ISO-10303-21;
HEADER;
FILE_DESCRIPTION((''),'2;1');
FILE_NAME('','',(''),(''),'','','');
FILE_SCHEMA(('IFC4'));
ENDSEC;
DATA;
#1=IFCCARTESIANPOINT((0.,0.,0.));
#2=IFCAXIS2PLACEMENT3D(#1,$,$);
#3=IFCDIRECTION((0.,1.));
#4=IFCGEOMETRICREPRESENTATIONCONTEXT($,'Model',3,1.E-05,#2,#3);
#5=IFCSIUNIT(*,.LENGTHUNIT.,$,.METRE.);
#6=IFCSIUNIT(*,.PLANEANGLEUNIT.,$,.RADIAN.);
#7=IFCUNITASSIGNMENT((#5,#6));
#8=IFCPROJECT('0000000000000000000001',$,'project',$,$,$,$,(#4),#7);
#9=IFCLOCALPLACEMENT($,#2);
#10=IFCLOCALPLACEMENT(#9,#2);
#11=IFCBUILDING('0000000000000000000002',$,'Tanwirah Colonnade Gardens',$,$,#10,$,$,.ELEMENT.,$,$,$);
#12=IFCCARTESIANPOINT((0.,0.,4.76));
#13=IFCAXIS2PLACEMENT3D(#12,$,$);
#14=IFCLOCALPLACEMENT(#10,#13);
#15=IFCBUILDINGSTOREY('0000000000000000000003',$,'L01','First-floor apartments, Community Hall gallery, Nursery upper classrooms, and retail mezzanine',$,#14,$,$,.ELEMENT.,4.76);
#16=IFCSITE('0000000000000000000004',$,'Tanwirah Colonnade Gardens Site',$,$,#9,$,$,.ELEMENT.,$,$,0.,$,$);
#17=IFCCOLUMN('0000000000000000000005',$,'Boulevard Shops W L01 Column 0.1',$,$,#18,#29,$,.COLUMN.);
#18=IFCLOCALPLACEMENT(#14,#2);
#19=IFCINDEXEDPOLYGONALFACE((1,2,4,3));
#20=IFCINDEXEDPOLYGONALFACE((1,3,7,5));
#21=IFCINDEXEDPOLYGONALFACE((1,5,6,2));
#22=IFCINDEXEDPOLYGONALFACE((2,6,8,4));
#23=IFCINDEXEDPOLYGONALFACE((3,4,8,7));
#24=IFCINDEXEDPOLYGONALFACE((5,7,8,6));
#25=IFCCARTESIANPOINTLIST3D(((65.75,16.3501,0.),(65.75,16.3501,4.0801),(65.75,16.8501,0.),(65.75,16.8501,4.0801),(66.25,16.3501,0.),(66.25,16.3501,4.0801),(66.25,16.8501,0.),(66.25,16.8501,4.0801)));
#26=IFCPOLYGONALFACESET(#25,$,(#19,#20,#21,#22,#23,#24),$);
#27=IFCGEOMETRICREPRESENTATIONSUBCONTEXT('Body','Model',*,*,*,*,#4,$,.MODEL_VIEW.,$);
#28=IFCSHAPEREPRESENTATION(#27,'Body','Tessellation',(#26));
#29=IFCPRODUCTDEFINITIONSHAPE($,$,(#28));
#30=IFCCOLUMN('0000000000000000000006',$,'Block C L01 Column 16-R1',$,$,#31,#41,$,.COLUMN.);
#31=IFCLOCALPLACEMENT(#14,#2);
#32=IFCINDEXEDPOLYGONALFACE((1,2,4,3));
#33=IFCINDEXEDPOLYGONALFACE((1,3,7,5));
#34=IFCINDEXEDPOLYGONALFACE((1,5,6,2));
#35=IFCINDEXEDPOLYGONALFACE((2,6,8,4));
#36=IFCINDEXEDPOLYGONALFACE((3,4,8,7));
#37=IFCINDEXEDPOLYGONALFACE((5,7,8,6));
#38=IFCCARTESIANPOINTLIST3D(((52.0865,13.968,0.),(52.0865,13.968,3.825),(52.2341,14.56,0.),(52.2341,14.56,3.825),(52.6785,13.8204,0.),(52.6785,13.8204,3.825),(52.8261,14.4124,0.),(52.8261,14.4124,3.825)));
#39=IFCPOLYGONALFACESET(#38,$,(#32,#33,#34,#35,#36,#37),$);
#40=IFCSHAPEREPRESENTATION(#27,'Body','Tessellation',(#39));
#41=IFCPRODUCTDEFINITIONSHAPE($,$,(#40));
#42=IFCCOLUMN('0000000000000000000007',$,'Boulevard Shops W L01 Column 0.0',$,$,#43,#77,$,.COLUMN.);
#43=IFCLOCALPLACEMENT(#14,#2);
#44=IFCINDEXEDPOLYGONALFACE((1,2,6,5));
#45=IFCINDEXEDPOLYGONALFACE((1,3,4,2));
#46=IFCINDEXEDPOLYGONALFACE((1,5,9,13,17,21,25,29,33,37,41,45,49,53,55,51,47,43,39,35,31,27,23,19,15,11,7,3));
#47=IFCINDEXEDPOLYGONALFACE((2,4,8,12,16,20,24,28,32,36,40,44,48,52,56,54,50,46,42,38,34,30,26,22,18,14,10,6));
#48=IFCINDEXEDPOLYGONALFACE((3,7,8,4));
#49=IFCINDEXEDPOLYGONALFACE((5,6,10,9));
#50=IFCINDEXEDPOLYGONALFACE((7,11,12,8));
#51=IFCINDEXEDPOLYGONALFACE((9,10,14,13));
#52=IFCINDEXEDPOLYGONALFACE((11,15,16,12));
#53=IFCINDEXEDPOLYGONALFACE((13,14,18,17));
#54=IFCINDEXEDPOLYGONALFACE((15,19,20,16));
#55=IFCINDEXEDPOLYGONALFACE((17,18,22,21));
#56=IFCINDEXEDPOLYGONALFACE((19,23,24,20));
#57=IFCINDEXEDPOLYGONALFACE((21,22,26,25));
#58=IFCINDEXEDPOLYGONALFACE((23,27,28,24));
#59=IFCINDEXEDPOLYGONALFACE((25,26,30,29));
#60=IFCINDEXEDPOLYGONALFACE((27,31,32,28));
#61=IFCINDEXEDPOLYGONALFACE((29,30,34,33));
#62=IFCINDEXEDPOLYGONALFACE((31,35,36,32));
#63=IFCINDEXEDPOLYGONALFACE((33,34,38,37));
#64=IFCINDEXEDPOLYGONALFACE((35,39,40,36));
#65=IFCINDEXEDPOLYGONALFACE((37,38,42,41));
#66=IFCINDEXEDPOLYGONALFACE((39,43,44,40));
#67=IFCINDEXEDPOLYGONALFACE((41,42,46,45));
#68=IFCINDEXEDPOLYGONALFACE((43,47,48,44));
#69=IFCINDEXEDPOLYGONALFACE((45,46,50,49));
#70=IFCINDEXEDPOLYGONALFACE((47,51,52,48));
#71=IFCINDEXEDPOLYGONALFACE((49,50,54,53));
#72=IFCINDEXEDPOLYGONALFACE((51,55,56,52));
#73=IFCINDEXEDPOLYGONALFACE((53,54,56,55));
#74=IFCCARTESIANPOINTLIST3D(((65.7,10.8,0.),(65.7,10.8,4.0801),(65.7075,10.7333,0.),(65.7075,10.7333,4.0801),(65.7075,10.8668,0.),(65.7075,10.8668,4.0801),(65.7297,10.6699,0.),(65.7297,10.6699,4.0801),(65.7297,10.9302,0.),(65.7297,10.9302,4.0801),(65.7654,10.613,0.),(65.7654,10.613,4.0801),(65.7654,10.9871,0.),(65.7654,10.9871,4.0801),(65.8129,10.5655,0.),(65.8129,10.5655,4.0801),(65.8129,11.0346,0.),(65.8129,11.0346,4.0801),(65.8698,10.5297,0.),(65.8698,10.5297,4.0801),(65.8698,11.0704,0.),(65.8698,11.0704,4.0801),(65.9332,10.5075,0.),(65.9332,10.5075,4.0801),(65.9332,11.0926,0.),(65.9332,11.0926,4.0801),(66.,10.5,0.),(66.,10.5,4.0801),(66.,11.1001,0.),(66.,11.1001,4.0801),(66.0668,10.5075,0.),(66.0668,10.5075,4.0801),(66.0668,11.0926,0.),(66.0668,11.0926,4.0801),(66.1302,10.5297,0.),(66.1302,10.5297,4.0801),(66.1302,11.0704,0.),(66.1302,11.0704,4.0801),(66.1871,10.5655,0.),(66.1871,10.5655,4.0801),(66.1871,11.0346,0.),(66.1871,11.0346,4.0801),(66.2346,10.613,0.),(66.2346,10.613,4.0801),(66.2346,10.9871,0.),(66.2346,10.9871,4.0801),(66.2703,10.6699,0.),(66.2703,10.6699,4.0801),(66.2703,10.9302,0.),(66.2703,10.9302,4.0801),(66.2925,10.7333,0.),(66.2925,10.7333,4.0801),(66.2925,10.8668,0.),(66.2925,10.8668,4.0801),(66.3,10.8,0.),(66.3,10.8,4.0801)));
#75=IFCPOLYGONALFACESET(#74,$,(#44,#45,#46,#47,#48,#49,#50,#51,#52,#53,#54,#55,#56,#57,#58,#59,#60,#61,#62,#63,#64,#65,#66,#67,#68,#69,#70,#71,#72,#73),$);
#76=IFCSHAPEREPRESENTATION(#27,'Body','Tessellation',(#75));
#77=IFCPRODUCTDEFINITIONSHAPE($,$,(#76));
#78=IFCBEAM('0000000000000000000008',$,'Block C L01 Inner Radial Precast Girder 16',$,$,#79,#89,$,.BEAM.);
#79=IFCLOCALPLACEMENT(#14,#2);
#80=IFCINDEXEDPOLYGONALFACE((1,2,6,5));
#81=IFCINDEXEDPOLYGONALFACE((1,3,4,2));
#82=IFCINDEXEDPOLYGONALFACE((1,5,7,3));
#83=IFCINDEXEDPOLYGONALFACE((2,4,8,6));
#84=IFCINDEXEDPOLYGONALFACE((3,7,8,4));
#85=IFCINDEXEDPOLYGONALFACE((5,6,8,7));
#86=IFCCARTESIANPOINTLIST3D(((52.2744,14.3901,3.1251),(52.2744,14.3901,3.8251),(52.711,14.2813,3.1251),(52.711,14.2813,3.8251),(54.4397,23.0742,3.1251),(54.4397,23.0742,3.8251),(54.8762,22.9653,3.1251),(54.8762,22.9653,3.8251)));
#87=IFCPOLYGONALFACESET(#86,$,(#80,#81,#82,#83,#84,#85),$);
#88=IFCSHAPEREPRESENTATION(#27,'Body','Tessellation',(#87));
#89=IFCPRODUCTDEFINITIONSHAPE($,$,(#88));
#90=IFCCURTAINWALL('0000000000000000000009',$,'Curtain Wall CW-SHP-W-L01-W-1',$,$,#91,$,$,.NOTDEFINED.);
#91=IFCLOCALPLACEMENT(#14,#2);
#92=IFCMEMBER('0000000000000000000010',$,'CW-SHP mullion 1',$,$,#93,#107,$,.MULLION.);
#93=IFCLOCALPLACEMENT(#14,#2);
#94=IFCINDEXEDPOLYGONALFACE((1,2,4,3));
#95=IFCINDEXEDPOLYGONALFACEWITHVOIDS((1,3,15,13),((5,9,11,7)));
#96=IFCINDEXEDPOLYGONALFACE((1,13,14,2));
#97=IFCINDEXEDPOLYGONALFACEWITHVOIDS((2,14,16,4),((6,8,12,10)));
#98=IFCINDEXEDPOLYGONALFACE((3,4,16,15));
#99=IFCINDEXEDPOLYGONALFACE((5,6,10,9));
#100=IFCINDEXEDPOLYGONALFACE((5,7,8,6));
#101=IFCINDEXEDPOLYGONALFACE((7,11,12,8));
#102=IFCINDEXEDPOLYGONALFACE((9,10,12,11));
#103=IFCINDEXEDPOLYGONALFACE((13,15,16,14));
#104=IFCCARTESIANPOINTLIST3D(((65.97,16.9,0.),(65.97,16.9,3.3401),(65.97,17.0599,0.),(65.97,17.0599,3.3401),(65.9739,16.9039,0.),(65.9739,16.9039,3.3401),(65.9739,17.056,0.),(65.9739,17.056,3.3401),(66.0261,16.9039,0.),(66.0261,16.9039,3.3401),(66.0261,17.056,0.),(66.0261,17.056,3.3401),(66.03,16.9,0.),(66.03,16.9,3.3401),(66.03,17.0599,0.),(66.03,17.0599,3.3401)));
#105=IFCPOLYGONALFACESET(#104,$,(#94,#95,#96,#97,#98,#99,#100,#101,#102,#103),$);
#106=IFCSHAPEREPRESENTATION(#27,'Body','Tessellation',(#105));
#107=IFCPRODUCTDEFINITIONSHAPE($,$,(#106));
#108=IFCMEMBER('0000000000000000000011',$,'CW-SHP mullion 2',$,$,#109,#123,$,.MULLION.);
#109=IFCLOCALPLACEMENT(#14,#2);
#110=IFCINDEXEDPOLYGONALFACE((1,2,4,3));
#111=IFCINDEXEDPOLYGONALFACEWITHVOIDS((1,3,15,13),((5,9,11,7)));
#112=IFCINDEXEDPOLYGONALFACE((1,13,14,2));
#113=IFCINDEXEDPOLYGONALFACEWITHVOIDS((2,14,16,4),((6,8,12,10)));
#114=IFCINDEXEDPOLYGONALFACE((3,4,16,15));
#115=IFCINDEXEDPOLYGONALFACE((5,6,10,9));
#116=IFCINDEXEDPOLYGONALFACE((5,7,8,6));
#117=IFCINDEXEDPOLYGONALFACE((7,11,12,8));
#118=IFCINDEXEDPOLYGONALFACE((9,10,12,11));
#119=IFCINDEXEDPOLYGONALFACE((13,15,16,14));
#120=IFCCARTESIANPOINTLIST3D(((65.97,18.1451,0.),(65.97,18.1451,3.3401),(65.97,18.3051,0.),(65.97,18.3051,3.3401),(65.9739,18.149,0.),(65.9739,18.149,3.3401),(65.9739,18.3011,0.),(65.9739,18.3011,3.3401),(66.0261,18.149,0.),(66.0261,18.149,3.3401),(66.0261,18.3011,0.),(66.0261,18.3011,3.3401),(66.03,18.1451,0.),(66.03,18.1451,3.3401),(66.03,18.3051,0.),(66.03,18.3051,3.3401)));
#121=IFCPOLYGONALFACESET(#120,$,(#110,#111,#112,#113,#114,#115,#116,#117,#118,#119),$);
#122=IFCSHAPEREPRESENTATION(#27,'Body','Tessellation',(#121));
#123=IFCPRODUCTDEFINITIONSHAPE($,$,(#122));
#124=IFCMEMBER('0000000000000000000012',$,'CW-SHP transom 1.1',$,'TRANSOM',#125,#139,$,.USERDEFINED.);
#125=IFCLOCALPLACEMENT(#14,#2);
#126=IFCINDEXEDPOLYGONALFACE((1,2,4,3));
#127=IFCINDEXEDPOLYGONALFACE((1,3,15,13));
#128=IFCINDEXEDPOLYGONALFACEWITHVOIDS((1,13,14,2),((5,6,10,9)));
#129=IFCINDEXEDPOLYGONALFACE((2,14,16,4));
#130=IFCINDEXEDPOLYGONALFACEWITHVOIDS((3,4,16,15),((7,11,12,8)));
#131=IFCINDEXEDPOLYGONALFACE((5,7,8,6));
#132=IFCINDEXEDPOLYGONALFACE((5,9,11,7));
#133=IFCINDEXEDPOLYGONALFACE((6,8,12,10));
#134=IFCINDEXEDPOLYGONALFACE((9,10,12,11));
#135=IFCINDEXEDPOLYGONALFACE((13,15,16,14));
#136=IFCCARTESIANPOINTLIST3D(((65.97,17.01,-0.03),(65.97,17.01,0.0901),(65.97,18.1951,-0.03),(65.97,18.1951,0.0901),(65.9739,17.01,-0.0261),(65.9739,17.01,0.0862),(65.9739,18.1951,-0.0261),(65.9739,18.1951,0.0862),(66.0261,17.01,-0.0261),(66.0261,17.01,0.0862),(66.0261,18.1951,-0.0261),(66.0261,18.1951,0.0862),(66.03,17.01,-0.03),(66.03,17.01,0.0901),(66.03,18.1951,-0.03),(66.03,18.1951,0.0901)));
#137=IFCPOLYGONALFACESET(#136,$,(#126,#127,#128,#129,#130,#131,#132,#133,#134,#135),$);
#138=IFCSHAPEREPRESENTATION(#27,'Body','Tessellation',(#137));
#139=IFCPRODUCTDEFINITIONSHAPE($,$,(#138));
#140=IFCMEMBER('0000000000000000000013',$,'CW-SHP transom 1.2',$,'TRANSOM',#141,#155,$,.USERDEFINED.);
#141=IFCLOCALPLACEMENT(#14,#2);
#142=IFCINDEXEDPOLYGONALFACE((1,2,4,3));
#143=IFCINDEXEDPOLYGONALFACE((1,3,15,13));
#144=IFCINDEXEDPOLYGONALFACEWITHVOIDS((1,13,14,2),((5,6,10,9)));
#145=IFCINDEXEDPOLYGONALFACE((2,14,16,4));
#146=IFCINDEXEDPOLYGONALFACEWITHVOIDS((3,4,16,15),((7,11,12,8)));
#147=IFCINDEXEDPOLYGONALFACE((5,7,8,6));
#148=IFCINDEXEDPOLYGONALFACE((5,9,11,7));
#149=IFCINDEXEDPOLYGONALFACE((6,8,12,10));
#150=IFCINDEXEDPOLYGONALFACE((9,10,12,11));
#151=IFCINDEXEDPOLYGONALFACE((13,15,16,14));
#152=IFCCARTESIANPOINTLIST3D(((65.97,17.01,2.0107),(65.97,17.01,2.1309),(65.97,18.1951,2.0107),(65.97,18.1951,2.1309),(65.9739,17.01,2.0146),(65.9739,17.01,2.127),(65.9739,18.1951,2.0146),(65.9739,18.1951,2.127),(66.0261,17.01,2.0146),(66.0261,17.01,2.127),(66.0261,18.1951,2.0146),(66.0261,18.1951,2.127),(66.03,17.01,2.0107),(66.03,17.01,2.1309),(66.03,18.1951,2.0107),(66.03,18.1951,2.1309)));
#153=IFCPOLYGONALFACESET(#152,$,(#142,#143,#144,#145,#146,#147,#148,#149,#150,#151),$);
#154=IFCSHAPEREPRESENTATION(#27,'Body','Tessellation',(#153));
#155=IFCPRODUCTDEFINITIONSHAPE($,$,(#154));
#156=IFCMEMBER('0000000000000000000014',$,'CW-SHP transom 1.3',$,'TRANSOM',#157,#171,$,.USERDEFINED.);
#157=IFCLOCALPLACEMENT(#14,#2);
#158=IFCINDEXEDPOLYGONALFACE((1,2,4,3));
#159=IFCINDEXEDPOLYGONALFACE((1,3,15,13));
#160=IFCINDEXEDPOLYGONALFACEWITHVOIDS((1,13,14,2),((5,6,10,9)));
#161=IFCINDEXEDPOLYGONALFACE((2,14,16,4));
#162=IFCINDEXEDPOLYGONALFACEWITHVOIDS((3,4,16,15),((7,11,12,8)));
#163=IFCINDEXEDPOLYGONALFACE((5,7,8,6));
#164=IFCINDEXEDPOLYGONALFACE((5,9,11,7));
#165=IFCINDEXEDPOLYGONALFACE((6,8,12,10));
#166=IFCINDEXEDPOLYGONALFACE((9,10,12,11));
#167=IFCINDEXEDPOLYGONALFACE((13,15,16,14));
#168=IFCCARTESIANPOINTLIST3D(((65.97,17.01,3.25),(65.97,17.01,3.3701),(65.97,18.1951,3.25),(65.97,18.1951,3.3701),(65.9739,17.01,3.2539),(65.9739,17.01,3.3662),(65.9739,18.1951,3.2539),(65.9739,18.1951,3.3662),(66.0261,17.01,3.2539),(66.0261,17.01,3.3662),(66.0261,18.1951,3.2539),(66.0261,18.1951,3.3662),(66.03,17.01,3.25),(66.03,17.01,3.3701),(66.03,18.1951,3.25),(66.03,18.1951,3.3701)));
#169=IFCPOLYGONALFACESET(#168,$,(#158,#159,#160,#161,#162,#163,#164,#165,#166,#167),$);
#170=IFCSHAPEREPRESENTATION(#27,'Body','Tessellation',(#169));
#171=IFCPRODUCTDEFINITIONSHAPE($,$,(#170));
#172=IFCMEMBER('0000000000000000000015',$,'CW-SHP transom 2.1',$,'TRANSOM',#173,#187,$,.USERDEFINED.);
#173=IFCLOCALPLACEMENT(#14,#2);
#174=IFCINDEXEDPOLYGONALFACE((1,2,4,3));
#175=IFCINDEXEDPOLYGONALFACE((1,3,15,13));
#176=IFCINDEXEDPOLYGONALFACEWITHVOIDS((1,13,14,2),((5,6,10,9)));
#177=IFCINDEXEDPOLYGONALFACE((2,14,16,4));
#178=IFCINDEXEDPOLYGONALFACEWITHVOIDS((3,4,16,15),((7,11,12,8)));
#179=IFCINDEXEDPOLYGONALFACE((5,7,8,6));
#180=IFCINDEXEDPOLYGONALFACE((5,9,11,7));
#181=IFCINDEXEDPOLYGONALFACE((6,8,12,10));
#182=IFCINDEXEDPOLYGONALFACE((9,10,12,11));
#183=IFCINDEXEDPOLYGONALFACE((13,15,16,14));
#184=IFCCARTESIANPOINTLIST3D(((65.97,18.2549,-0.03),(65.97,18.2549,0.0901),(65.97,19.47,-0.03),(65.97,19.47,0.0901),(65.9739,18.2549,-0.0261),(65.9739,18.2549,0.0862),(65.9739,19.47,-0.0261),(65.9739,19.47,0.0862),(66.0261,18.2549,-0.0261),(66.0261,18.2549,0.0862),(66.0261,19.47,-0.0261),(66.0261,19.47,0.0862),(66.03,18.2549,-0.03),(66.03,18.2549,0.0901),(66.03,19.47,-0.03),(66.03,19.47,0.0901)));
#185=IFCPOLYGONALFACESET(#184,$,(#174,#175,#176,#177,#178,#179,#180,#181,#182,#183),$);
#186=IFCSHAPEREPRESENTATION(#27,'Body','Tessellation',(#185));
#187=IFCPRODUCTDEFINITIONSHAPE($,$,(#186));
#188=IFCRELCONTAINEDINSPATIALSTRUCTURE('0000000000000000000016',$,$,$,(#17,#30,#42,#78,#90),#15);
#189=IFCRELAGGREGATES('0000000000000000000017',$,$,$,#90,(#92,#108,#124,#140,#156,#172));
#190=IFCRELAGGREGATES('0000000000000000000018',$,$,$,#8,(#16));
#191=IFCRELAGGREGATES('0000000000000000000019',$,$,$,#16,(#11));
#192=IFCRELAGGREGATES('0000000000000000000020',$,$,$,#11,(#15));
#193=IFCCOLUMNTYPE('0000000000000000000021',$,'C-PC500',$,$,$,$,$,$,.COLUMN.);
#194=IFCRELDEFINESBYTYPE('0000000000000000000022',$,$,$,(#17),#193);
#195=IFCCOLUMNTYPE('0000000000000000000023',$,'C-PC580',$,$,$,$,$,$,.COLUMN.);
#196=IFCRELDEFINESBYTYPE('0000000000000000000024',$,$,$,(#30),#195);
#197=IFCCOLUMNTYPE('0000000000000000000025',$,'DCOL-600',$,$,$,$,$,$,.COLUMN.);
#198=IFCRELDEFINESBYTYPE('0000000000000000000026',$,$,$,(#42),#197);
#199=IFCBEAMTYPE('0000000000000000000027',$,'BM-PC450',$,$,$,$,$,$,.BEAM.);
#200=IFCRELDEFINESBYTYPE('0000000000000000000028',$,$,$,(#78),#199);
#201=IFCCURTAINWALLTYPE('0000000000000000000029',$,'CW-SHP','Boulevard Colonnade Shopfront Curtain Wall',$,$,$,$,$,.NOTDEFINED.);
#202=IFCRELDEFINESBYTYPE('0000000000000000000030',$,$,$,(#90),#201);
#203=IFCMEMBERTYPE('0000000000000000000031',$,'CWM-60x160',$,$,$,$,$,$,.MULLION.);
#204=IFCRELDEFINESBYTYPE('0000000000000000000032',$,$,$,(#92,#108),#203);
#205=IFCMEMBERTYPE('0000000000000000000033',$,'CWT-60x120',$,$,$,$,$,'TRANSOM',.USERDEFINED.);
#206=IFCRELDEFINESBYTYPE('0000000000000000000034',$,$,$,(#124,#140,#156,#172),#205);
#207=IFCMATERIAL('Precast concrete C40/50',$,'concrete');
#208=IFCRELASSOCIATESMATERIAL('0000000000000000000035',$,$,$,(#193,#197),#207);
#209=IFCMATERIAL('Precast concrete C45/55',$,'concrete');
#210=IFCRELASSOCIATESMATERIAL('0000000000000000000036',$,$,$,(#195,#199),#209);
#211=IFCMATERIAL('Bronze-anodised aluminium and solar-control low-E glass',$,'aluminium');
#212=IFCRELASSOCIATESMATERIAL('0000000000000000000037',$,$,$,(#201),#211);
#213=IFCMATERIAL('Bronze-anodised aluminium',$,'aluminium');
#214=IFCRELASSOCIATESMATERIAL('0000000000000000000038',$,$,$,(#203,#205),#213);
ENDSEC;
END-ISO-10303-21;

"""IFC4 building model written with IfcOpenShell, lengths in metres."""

from ifc_helpers import new_model, si_unit, direction, frame, origin, origin_2d, place, context, subcontext, project, spatial, rectangle, hollow_rectangle, circle, extrude, material, material_profile, profile_set, type_object, element, aggregate, save


model = new_model("IFC4")

# Units and contexts
model_context = context("Model", 3, precision=1e-05, world=origin(), true_north=direction((0.0, 1.0)))
body_context = subcontext(model_context, "Body", "Model", "MODEL_VIEW")
ifc_project = project(units=[si_unit("LENGTHUNIT", "METRE"), si_unit("PLANEANGLEUNIT", "RADIAN")], contexts=[model_context])

# Site, building, storey
site_placement = place(None, origin())
site = spatial("IfcSite", under=ifc_project, at=site_placement, Name="Tanwirah Colonnade Gardens Site", CompositionType="ELEMENT", RefElevation=0.0)
building_placement = place(site_placement, origin())
building = spatial("IfcBuilding", under=site, at=building_placement, Name="Tanwirah Colonnade Gardens", CompositionType="ELEMENT")
storey_placement = place(building_placement, frame((0.0, 0.0, 4.76)))
storey = spatial("IfcBuildingStorey", under=building, at=storey_placement, Name="L01", Description="First-floor apartments, Community Hall gallery, Nursery upper classrooms, and retail mezzanine", CompositionType="ELEMENT", Elevation=4.76)

# Columns
ifc_material_1 = material(Name="Precast concrete C40/50", Category="concrete")
ifc_material_profile_1 = material_profile(ifc_material_1, rectangle(XDim=0.5, YDim=0.5, at=origin_2d()), Name="PC-COL 500x500")
ifc_profile_set_1 = profile_set([ifc_material_profile_1], Name="Precast concrete C40/50")
column_type_1 = type_object("IfcColumnType", Name="C-PC500", PredefinedType="COLUMN", material=ifc_profile_set_1)
column_1_placement = place(storey_placement, frame((66.0, 16.6001, 0.0), z_axis=(0.0, 0.0, 1.0), x_axis=(1.0, 0.0, 0.0)))
element("IfcColumn", 1, at=column_1_placement, inside=storey, type_object=column_type_1, Name="Boulevard Shops W L01 Column 0.1", PredefinedType="COLUMN", context=body_context, shape_type="SweptSolid", body=[
    extrude(rectangle(XDim=0.5, YDim=0.5, at=origin_2d()), origin(), (0.0, 0.0, 1.0), 4.0801),
])
ifc_material_2 = material(Name="Precast concrete C45/55", Category="concrete")
ifc_material_profile_2 = material_profile(ifc_material_2, rectangle(XDim=0.6101, YDim=0.6101, at=origin_2d()), Name="PC-COL 610x610")
ifc_profile_set_2 = profile_set([ifc_material_profile_2], Name="Precast concrete C45/55")
column_type_2 = type_object("IfcColumnType", Name="C-PC580", PredefinedType="COLUMN", material=ifc_profile_set_2)
column_2_placement = place(storey_placement, frame((52.4563, 14.1902, 0.0), z_axis=(0.0, 0.0, 1.0), x_axis=(-0.241922, -0.970296, 0.0)))
element("IfcColumn", 2, at=column_2_placement, inside=storey, type_object=column_type_2, Name="Block C L01 Column 16-R1", PredefinedType="COLUMN", context=body_context, shape_type="SweptSolid", body=[
    extrude(rectangle(XDim=0.6101, YDim=0.6101, at=origin_2d()), origin(), (0.0, 0.0, 1.0), 3.825),
])
ifc_material_profile_3 = material_profile(ifc_material_1, circle(Radius=0.3, at=origin_2d()), Name="PC-DCOL D600")
ifc_profile_set_3 = profile_set([ifc_material_profile_3], Name="Precast concrete C40/50")
column_type_3 = type_object("IfcColumnType", Name="DCOL-600", PredefinedType="COLUMN", material=ifc_profile_set_3)
column_3_placement = place(storey_placement, frame((66.0, 10.8, 0.0), z_axis=(0.0, 0.0, 1.0), x_axis=(1.0, 0.0, 0.0)))
element("IfcColumn", 3, at=column_3_placement, inside=storey, type_object=column_type_3, Name="Boulevard Shops W L01 Column 0.0", PredefinedType="COLUMN", context=body_context, shape_type="SweptSolid", body=[
    extrude(circle(Radius=0.3, at=origin_2d()), origin(), (0.0, 0.0, 1.0), 4.0801),
])

# Beam
ifc_material_profile_4 = material_profile(ifc_material_2, rectangle(XDim=0.45, YDim=0.7, at=origin_2d()), Name="PC-BM 450x700")
ifc_profile_set_4 = profile_set([ifc_material_profile_4], Name="Precast concrete C45/55")
beam_type = type_object("IfcBeamType", Name="BM-PC450", PredefinedType="BEAM", material=ifc_profile_set_4)
beam_placement = place(storey_placement, frame((52.4927, 14.3357, 3.4751), z_axis=(0.241932, 0.970293, 0.0), x_axis=(-0.970293, 0.241932, 0.0)))
element("IfcBeam", 4, at=beam_placement, inside=storey, type_object=beam_type, Name="Block C L01 Inner Radial Precast Girder 16", PredefinedType="BEAM", context=body_context, shape_type="SweptSolid", body=[
    extrude(rectangle(XDim=0.45, YDim=0.7, at=origin_2d()), origin(), (0.0, 0.0, 1.0), 8.95),
])

# Curtain wall, members
ifc_material_3 = material(Name="Bronze-anodised aluminium and solar-control low-E glass", Category="aluminium")
curtain_wall_type = type_object("IfcCurtainWallType", Name="CW-SHP", Description="Boulevard Colonnade Shopfront Curtain Wall", PredefinedType="NOTDEFINED", material=ifc_material_3)
curtain_wall_placement = place(storey_placement, origin())
curtain_wall = element("IfcCurtainWall", 5, at=curtain_wall_placement, inside=storey, type_object=curtain_wall_type, Name="Curtain Wall CW-SHP-W-L01-W-1", PredefinedType="NOTDEFINED")
ifc_material_4 = material(Name="Bronze-anodised aluminium", Category="aluminium")
ifc_material_profile_5 = material_profile(ifc_material_4, hollow_rectangle(XDim=0.0601, YDim=0.1599, WallThickness=0.0039, at=origin_2d()), Name="CW-MUL 60x160x4")
ifc_profile_set_5 = profile_set([ifc_material_profile_5], Name="Bronze-anodised aluminium")
member_type_1 = type_object("IfcMemberType", Name="CWM-60x160", PredefinedType="MULLION", material=ifc_profile_set_5)
member_1_placement = place(storey_placement, frame((66.0, 16.98, 0.0), z_axis=(0.0, 0.0, 1.0), x_axis=(-1.0, 0.0, 0.0)))
member_1 = element("IfcMember", 6, at=member_1_placement, type_object=member_type_1, Name="CW-SHP mullion 1", PredefinedType="MULLION", context=body_context, shape_type="SweptSolid", body=[
    extrude(hollow_rectangle(XDim=0.0601, YDim=0.1599, WallThickness=0.0039, at=origin_2d()), origin(), (0.0, 0.0, 1.0), 3.3401),
])
member_2_placement = place(storey_placement, frame((66.0, 18.2251, 0.0), z_axis=(0.0, 0.0, 1.0), x_axis=(-1.0, 0.0, 0.0)))
member_2 = element("IfcMember", 7, at=member_2_placement, type_object=member_type_1, Name="CW-SHP mullion 2", PredefinedType="MULLION", context=body_context, shape_type="SweptSolid", body=[
    extrude(hollow_rectangle(XDim=0.0601, YDim=0.1599, WallThickness=0.0039, at=origin_2d()), origin(), (0.0, 0.0, 1.0), 3.3401),
])
ifc_material_profile_6 = material_profile(ifc_material_4, hollow_rectangle(XDim=0.0601, YDim=0.1201, WallThickness=0.0039, at=origin_2d()), Name="CW-TRN 60x120x4")
ifc_profile_set_6 = profile_set([ifc_material_profile_6], Name="Bronze-anodised aluminium")
member_type_2 = type_object("IfcMemberType", Name="CWT-60x120", ElementType="TRANSOM", PredefinedType="USERDEFINED", material=ifc_profile_set_6)
member_3_placement = place(storey_placement, frame((66.0, 17.01, 0.03), z_axis=(0.0, 1.0, 0.0), x_axis=(-1.0, 0.0, 0.0)))
member_3 = element("IfcMember", 8, at=member_3_placement, type_object=member_type_2, Name="CW-SHP transom 1.1", ObjectType="TRANSOM", PredefinedType="USERDEFINED", context=body_context, shape_type="SweptSolid", body=[
    extrude(hollow_rectangle(XDim=0.0601, YDim=0.1201, WallThickness=0.0039, at=origin_2d()), origin(), (0.0, 0.0, 1.0), 1.1851),
])
member_4_placement = place(storey_placement, frame((66.0, 17.01, 2.0708), z_axis=(0.0, 1.0, 0.0), x_axis=(-1.0, 0.0, 0.0)))
member_4 = element("IfcMember", 9, at=member_4_placement, type_object=member_type_2, Name="CW-SHP transom 1.2", ObjectType="TRANSOM", PredefinedType="USERDEFINED", context=body_context, shape_type="SweptSolid", body=[
    extrude(hollow_rectangle(XDim=0.0601, YDim=0.1201, WallThickness=0.0039, at=origin_2d()), origin(), (0.0, 0.0, 1.0), 1.1851),
])
member_5_placement = place(storey_placement, frame((66.0, 17.01, 3.3101), z_axis=(0.0, 1.0, 0.0), x_axis=(-1.0, 0.0, 0.0)))
member_5 = element("IfcMember", 10, at=member_5_placement, type_object=member_type_2, Name="CW-SHP transom 1.3", ObjectType="TRANSOM", PredefinedType="USERDEFINED", context=body_context, shape_type="SweptSolid", body=[
    extrude(hollow_rectangle(XDim=0.0601, YDim=0.1201, WallThickness=0.0039, at=origin_2d()), origin(), (0.0, 0.0, 1.0), 1.1851),
])
member_6_placement = place(storey_placement, frame((66.0, 18.2549, 0.03), z_axis=(0.0, 1.0, 0.0), x_axis=(-1.0, 0.0, 0.0)))
member_6 = element("IfcMember", 11, at=member_6_placement, type_object=member_type_2, Name="CW-SHP transom 2.1", ObjectType="TRANSOM", PredefinedType="USERDEFINED", context=body_context, shape_type="SweptSolid", body=[
    extrude(hollow_rectangle(XDim=0.0601, YDim=0.1201, WallThickness=0.0039, at=origin_2d()), origin(), (0.0, 0.0, 1.0), 1.2151),
])
aggregate(curtain_wall, [member_1, member_2, member_3, member_4, member_5, member_6])

save(model, "model.ifc")
